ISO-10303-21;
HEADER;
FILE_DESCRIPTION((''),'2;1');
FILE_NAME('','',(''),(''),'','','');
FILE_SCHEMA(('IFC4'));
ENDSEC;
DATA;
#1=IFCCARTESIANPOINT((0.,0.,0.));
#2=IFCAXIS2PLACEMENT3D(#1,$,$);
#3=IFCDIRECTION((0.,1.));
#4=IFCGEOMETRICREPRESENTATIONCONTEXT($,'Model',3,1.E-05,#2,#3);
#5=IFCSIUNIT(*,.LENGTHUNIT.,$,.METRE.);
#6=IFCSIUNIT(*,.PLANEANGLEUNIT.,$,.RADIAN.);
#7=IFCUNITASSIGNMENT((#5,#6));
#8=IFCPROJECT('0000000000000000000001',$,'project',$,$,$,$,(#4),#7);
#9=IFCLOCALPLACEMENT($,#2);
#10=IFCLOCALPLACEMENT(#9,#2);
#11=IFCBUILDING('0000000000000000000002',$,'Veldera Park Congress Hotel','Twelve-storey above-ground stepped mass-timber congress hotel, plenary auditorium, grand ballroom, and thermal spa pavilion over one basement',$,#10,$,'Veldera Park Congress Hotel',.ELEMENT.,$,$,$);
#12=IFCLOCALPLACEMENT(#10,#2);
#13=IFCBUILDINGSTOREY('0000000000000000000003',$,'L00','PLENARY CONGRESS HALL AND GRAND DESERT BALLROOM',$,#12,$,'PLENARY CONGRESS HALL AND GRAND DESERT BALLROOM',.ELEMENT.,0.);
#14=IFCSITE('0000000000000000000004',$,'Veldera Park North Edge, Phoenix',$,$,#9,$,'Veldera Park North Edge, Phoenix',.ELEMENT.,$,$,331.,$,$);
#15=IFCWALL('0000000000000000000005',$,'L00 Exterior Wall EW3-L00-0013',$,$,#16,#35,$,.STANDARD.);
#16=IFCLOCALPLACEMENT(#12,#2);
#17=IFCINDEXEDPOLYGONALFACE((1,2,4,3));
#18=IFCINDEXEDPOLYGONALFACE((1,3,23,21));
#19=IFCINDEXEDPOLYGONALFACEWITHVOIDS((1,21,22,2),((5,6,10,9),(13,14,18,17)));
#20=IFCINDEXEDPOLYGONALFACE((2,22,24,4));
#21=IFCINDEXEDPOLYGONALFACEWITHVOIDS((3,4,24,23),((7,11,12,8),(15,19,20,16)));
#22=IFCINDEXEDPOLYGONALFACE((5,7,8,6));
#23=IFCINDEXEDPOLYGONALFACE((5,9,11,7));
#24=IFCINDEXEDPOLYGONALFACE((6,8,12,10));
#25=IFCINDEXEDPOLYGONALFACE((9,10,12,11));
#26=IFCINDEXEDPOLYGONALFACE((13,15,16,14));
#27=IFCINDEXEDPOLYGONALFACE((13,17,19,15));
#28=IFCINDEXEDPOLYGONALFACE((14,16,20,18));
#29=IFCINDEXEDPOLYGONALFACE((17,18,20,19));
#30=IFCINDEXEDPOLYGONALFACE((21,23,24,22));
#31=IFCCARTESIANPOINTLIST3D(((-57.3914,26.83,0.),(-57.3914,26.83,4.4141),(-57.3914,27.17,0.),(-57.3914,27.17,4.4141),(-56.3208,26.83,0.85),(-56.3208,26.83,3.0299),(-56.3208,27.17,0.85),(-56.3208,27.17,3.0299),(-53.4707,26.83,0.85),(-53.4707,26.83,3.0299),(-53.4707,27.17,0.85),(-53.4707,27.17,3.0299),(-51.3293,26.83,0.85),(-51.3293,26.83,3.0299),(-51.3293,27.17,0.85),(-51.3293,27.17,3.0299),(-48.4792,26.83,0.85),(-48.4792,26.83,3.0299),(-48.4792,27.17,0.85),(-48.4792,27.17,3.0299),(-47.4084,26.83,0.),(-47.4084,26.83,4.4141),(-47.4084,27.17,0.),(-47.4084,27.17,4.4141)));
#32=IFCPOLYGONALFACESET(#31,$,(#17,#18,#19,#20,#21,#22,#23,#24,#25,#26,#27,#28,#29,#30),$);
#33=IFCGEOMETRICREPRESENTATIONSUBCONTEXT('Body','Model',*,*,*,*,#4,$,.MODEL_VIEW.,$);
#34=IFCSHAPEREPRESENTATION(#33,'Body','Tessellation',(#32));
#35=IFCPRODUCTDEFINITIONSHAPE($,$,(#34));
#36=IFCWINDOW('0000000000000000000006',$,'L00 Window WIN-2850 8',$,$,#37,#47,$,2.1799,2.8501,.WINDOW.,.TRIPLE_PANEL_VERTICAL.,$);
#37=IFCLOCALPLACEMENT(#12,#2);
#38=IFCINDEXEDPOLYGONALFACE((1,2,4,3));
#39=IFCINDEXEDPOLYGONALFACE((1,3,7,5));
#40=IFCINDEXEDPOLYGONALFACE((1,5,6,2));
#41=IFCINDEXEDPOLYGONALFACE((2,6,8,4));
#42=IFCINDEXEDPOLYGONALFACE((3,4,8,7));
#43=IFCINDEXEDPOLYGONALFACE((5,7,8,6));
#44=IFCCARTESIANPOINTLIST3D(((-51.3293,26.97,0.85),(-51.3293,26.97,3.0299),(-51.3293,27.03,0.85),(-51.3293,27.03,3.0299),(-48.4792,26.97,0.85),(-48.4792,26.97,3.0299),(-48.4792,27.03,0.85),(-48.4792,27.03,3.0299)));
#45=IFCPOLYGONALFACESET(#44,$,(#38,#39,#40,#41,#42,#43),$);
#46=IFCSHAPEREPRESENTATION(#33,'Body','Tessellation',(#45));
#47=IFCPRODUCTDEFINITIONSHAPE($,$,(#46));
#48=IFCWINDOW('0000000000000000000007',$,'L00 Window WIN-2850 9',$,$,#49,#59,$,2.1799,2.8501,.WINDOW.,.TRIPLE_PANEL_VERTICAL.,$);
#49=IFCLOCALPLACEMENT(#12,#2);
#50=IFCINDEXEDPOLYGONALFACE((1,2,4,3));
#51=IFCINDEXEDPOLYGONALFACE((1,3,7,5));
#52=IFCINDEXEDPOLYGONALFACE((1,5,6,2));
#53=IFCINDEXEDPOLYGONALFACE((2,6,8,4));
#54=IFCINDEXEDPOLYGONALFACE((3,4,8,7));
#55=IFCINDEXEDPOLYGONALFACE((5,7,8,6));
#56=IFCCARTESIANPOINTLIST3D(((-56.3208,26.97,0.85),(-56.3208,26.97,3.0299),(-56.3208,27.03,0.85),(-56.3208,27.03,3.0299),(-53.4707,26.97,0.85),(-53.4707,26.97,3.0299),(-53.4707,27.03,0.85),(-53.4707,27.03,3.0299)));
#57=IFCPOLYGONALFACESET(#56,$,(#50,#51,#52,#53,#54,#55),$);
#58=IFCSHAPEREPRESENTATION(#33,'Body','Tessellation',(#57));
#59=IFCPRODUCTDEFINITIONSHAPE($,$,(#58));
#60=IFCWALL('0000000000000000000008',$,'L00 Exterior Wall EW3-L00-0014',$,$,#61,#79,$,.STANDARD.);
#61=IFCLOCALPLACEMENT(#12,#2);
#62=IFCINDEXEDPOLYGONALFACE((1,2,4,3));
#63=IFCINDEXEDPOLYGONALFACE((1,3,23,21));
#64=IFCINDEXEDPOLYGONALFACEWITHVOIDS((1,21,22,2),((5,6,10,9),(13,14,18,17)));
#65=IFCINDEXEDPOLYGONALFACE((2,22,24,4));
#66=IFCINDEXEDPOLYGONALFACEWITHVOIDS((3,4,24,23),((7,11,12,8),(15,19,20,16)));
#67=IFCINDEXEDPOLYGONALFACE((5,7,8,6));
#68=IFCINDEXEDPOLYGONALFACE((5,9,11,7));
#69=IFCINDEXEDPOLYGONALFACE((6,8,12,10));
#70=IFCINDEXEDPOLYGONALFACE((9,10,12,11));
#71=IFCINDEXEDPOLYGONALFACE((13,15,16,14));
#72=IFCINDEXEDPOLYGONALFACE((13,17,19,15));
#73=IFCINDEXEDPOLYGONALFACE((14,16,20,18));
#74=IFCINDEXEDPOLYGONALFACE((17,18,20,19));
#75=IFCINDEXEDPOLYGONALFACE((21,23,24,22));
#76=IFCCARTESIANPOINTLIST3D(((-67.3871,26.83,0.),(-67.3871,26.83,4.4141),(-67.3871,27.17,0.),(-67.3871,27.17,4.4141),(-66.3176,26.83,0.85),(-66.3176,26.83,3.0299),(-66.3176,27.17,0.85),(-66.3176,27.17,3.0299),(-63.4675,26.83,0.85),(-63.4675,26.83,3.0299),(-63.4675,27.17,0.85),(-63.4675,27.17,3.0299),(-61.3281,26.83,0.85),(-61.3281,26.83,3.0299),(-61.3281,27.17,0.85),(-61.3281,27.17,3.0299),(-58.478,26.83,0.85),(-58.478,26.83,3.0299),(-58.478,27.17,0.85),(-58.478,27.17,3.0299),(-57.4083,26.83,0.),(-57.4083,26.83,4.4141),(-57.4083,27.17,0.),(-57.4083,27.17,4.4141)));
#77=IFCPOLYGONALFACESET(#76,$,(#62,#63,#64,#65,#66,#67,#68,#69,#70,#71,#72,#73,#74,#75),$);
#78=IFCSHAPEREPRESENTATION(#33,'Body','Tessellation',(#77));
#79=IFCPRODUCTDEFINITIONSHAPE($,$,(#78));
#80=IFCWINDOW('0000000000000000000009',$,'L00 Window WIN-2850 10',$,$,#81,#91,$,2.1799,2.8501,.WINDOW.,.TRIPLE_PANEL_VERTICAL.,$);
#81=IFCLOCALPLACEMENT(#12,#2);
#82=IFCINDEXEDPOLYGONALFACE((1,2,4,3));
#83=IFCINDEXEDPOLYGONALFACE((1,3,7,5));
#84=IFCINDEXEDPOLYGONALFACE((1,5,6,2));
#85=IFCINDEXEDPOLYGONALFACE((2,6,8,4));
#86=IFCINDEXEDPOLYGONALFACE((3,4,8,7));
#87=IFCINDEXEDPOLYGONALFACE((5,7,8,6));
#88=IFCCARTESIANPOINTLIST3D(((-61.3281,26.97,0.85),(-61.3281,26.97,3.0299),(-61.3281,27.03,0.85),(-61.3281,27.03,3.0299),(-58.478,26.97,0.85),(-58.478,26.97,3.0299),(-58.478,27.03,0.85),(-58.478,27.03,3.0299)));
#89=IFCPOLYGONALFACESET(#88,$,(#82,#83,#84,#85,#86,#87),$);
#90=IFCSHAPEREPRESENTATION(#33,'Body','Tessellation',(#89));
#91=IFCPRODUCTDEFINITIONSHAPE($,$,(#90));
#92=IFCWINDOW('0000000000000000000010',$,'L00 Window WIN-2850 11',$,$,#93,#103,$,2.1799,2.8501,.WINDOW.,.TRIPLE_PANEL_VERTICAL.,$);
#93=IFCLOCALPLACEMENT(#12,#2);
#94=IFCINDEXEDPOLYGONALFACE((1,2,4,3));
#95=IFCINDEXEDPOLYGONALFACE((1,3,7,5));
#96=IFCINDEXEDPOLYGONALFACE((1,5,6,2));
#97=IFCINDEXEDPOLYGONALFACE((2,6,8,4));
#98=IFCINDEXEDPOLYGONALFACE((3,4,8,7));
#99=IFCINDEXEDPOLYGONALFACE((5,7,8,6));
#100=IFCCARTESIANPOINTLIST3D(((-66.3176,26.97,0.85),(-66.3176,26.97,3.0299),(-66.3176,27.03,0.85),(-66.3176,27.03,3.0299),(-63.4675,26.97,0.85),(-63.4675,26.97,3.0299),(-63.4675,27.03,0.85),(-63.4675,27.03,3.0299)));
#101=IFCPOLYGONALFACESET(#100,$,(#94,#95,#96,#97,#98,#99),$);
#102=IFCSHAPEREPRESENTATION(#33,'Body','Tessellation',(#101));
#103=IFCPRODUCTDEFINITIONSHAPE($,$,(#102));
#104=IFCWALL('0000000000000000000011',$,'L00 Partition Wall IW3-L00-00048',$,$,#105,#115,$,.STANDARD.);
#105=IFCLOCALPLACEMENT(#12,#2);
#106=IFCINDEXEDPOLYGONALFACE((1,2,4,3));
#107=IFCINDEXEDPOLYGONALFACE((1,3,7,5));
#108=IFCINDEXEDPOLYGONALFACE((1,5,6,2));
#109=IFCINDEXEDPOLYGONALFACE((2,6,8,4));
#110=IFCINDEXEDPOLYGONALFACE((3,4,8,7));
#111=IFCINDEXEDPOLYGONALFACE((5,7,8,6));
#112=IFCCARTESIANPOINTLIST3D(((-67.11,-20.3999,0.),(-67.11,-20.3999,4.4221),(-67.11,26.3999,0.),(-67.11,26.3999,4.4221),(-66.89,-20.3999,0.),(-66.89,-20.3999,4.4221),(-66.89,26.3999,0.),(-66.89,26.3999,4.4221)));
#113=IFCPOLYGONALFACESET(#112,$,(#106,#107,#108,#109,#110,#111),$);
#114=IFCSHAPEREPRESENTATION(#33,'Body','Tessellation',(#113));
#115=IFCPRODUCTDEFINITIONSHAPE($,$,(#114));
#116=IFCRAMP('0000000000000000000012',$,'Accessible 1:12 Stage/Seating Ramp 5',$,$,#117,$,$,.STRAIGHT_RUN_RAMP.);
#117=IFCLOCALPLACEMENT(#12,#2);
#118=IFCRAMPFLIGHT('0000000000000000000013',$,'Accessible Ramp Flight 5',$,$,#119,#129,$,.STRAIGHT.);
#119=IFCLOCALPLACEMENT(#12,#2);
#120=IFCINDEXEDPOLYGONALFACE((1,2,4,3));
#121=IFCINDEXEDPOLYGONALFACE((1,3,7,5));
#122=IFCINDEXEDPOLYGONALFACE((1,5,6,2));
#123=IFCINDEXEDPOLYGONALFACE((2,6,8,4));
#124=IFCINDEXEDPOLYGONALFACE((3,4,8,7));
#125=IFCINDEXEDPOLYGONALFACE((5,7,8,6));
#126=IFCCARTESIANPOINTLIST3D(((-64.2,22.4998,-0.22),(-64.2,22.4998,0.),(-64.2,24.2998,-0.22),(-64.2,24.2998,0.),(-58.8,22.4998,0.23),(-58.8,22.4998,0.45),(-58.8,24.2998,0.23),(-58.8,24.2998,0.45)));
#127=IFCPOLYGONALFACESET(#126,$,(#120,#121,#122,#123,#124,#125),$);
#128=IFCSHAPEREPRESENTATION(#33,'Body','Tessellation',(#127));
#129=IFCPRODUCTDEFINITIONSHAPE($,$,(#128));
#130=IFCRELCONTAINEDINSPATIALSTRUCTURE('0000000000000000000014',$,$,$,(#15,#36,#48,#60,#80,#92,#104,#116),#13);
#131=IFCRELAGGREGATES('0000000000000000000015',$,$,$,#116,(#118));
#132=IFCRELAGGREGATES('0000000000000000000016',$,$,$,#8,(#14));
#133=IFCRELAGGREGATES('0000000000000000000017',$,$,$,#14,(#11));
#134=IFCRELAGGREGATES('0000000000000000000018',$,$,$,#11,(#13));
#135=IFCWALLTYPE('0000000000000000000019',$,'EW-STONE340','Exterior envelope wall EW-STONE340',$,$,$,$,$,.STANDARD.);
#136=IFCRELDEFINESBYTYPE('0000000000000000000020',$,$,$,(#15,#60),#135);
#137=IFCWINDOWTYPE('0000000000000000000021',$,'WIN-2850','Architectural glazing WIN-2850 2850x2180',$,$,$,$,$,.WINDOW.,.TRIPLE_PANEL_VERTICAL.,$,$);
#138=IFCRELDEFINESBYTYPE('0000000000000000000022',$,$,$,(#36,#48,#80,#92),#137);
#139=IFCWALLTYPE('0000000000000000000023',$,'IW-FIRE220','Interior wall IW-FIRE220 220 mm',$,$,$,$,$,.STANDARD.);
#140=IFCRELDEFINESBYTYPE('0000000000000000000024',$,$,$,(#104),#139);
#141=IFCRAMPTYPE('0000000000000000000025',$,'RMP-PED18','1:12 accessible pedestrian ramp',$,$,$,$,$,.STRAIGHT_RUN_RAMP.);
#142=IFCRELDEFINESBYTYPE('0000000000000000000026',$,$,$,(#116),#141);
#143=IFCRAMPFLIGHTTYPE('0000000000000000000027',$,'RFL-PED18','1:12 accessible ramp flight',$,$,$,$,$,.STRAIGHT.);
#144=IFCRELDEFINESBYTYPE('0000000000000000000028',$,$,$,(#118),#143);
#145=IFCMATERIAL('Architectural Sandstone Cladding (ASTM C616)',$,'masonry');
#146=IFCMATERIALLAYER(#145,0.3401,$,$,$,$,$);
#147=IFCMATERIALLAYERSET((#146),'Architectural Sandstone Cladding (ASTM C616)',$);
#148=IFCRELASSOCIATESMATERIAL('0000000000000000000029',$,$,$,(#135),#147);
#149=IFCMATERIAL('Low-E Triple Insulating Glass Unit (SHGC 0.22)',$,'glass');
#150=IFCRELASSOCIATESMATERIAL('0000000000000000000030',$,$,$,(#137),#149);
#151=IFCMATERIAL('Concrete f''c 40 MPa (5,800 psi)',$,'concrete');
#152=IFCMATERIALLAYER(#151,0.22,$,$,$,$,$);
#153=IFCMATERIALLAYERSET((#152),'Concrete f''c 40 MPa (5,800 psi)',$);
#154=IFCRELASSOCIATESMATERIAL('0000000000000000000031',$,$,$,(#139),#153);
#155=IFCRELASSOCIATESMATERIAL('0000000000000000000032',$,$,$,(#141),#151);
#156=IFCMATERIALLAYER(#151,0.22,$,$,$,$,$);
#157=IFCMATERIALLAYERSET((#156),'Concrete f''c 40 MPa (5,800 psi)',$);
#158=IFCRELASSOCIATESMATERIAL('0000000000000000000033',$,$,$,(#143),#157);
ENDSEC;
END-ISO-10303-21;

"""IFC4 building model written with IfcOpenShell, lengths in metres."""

from ifc_helpers import new_model, si_unit, direction, frame, frame_2d, origin, place, context, subcontext, project, spatial, polyline, rectangle, outline, extrude, material, layer, layer_set, type_object, element, fill, aggregate, save


model = new_model("IFC4")

# Units and contexts
model_context = context("Model", 3, precision=1e-05, world=origin(), true_north=direction((0.0, 1.0)))
body_context = subcontext(model_context, "Body", "Model", "MODEL_VIEW")
ifc_project = project(units=[si_unit("LENGTHUNIT", "METRE"), si_unit("PLANEANGLEUNIT", "RADIAN")], contexts=[model_context])

# Site, building, storey
site_placement = place(None, origin())
site = spatial("IfcSite", under=ifc_project, at=site_placement, Name="Veldera Park North Edge, Phoenix", LongName="Veldera Park North Edge, Phoenix", CompositionType="ELEMENT", RefElevation=331.0)
building_placement = place(site_placement, origin())
building = spatial("IfcBuilding", under=site, at=building_placement, Name="Veldera Park Congress Hotel", Description="Twelve-storey above-ground stepped mass-timber congress hotel, plenary auditorium, grand ballroom, and thermal spa pavilion over one basement", LongName="Veldera Park Congress Hotel", CompositionType="ELEMENT")
storey_placement = place(building_placement, origin())
storey = spatial("IfcBuildingStorey", under=building, at=storey_placement, Name="L00", Description="PLENARY CONGRESS HALL AND GRAND DESERT BALLROOM", LongName="PLENARY CONGRESS HALL AND GRAND DESERT BALLROOM", CompositionType="ELEMENT", Elevation=0.0)

# Walls, openings, windows
ifc_material_1 = material(Name="Architectural Sandstone Cladding (ASTM C616)", Category="masonry")
ifc_layer_1 = layer(ifc_material_1, 0.3401)
ifc_layer_set_1 = layer_set([ifc_layer_1], Name="Architectural Sandstone Cladding (ASTM C616)")
wall_type_1 = type_object("IfcWallType", Name="EW-STONE340", Description="Exterior envelope wall EW-STONE340", PredefinedType="STANDARD", material=ifc_layer_set_1)
wall_1_placement = place(storey_placement, frame((-47.4084, 27.0, 0.0), z_axis=(0.0, 0.0, 1.0), x_axis=(-1.0, 0.0, 0.0)))
wall_1 = element("IfcWall", 1, at=wall_1_placement, inside=storey, type_object=wall_type_1, Name="L00 Exterior Wall EW3-L00-0013", PredefinedType="STANDARD", context=body_context, shape_type="SweptSolid", body=[
    extrude(rectangle(XDim=9.9829, YDim=0.3401, at=frame_2d((4.9915, 0.0))), origin(), (0.0, 0.0, 1.0), 4.4141),
])
opening_1_placement = place(wall_1_placement, frame((1.0708, 0.0, 0.8501)))
opening_1 = element("IfcOpeningElement", 2, at=opening_1_placement, cuts=wall_1, PredefinedType="OPENING", context=body_context, shape_type="SweptSolid", body=[
    extrude(rectangle(XDim=2.8501, YDim=2.1799, at=frame_2d((1.425, 1.0898))), frame((0.0, 0.1821, 0.0), z_axis=(0.0, -1.0, 0.0), x_axis=(1.0, 0.0, 0.0)), (0.0, 0.0, 1.0), 0.364),
])
opening_2_placement = place(wall_1_placement, frame((6.0623, 0.0, 0.8501)))
opening_2 = element("IfcOpeningElement", 3, at=opening_2_placement, cuts=wall_1, PredefinedType="OPENING", context=body_context, shape_type="SweptSolid", body=[
    extrude(rectangle(XDim=2.8501, YDim=2.1799, at=frame_2d((1.425, 1.0898))), frame((0.0, 0.1821, 0.0), z_axis=(0.0, -1.0, 0.0), x_axis=(1.0, 0.0, 0.0)), (0.0, 0.0, 1.0), 0.364),
])
ifc_material_2 = material(Name="Low-E Triple Insulating Glass Unit (SHGC 0.22)", Category="glass")
window_type = type_object("IfcWindowType", Name="WIN-2850", Description="Architectural glazing WIN-2850 2850x2180", PartitioningType="TRIPLE_PANEL_VERTICAL", PredefinedType="WINDOW", material=ifc_material_2)
window_1_placement = place(opening_1_placement, origin())
window_1 = element("IfcWindow", 4, at=window_1_placement, inside=storey, type_object=window_type, Name="L00 Window WIN-2850 8", OverallHeight=2.1799, OverallWidth=2.8501, PartitioningType="TRIPLE_PANEL_VERTICAL", PredefinedType="WINDOW", context=body_context, shape_type="SweptSolid", body=[
    extrude(rectangle(XDim=2.8501, YDim=2.1799, at=frame_2d((1.425, 1.0898))), frame((0.0, 0.03, 0.0), z_axis=(0.0, -1.0, 0.0), x_axis=(1.0, 0.0, 0.0)), (0.0, 0.0, 1.0), 0.0601),
])
fill(opening_1, window_1)
window_2_placement = place(opening_2_placement, origin())
window_2 = element("IfcWindow", 5, at=window_2_placement, inside=storey, type_object=window_type, Name="L00 Window WIN-2850 9", OverallHeight=2.1799, OverallWidth=2.8501, PartitioningType="TRIPLE_PANEL_VERTICAL", PredefinedType="WINDOW", context=body_context, shape_type="SweptSolid", body=[
    extrude(rectangle(XDim=2.8501, YDim=2.1799, at=frame_2d((1.425, 1.0898))), frame((0.0, 0.03, 0.0), z_axis=(0.0, -1.0, 0.0), x_axis=(1.0, 0.0, 0.0)), (0.0, 0.0, 1.0), 0.0601),
])
fill(opening_2, window_2)
wall_2_placement = place(storey_placement, frame((-57.4084, 27.0, 0.0), z_axis=(0.0, 0.0, 1.0), x_axis=(-1.0, 0.0, 0.0)))
wall_2 = element("IfcWall", 6, at=wall_2_placement, inside=storey, type_object=wall_type_1, Name="L00 Exterior Wall EW3-L00-0014", PredefinedType="STANDARD", context=body_context, shape_type="SweptSolid", body=[
    extrude(rectangle(XDim=9.9788, YDim=0.3401, at=frame_2d((4.9893, 0.0))), origin(), (0.0, 0.0, 1.0), 4.4141),
])
opening_3_placement = place(wall_2_placement, frame((1.0696, 0.0, 0.8501)))
opening_3 = element("IfcOpeningElement", 7, at=opening_3_placement, cuts=wall_2, PredefinedType="OPENING", context=body_context, shape_type="SweptSolid", body=[
    extrude(rectangle(XDim=2.8501, YDim=2.1799, at=frame_2d((1.425, 1.0898))), frame((0.0, 0.1821, 0.0), z_axis=(0.0, -1.0, 0.0), x_axis=(1.0, 0.0, 0.0)), (0.0, 0.0, 1.0), 0.364),
])
opening_4_placement = place(wall_2_placement, frame((6.0591, 0.0, 0.8501)))
opening_4 = element("IfcOpeningElement", 8, at=opening_4_placement, cuts=wall_2, PredefinedType="OPENING", context=body_context, shape_type="SweptSolid", body=[
    extrude(rectangle(XDim=2.8501, YDim=2.1799, at=frame_2d((1.425, 1.0898))), frame((0.0, 0.1821, 0.0), z_axis=(0.0, -1.0, 0.0), x_axis=(1.0, 0.0, 0.0)), (0.0, 0.0, 1.0), 0.364),
])
window_3_placement = place(opening_3_placement, origin())
window_3 = element("IfcWindow", 9, at=window_3_placement, inside=storey, type_object=window_type, Name="L00 Window WIN-2850 10", OverallHeight=2.1799, OverallWidth=2.8501, PartitioningType="TRIPLE_PANEL_VERTICAL", PredefinedType="WINDOW", context=body_context, shape_type="SweptSolid", body=[
    extrude(rectangle(XDim=2.8501, YDim=2.1799, at=frame_2d((1.425, 1.0898))), frame((0.0, 0.03, 0.0), z_axis=(0.0, -1.0, 0.0), x_axis=(1.0, 0.0, 0.0)), (0.0, 0.0, 1.0), 0.0601),
])
fill(opening_3, window_3)
window_4_placement = place(opening_4_placement, origin())
window_4 = element("IfcWindow", 10, at=window_4_placement, inside=storey, type_object=window_type, Name="L00 Window WIN-2850 11", OverallHeight=2.1799, OverallWidth=2.8501, PartitioningType="TRIPLE_PANEL_VERTICAL", PredefinedType="WINDOW", context=body_context, shape_type="SweptSolid", body=[
    extrude(rectangle(XDim=2.8501, YDim=2.1799, at=frame_2d((1.425, 1.0898))), frame((0.0, 0.03, 0.0), z_axis=(0.0, -1.0, 0.0), x_axis=(1.0, 0.0, 0.0)), (0.0, 0.0, 1.0), 0.0601),
])
fill(opening_4, window_4)

# Wall
ifc_material_3 = material(Name="Concrete f'c 40 MPa (5,800 psi)", Category="concrete")
ifc_layer_2 = layer(ifc_material_3, 0.22)
ifc_layer_set_2 = layer_set([ifc_layer_2], Name="Concrete f'c 40 MPa (5,800 psi)")
wall_type_2 = type_object("IfcWallType", Name="IW-FIRE220", Description="Interior wall IW-FIRE220 220 mm", PredefinedType="STANDARD", material=ifc_layer_set_2)
wall_3_placement = place(storey_placement, frame((-67.0, 26.3999, 0.0), z_axis=(0.0, 0.0, 1.0), x_axis=(0.0, -1.0, 0.0)))
element("IfcWall", 11, at=wall_3_placement, inside=storey, type_object=wall_type_2, Name="L00 Partition Wall IW3-L00-00048", PredefinedType="STANDARD", context=body_context, shape_type="SweptSolid", body=[
    extrude(rectangle(XDim=46.7998, YDim=0.22, at=frame_2d((23.3999, 0.0))), origin(), (0.0, 0.0, 1.0), 4.4221),
])

# Ramp, ramp flight
ramp_type = type_object("IfcRampType", Name="RMP-PED18", Description="1:12 accessible pedestrian ramp", PredefinedType="STRAIGHT_RUN_RAMP", material=ifc_material_3)
ramp_placement = place(storey_placement, origin())
ramp = element("IfcRamp", 12, at=ramp_placement, inside=storey, type_object=ramp_type, Name="Accessible 1:12 Stage/Seating Ramp 5", PredefinedType="STRAIGHT_RUN_RAMP")
ifc_layer_3 = layer(ifc_material_3, 0.22)
ifc_layer_set_3 = layer_set([ifc_layer_3], Name="Concrete f'c 40 MPa (5,800 psi)")
ramp_flight_type = type_object("IfcRampFlightType", Name="RFL-PED18", Description="1:12 accessible ramp flight", PredefinedType="STRAIGHT", material=ifc_layer_set_3)
ramp_flight_placement = place(storey_placement, frame((-64.2, 23.3999, 0.0), z_axis=(0.0, 0.0, 1.0), x_axis=(1.0, 0.0, 0.0)))
ramp_flight = element("IfcRampFlight", 13, at=ramp_flight_placement, type_object=ramp_flight_type, Name="Accessible Ramp Flight 5", PredefinedType="STRAIGHT", context=body_context, shape_type="SweptSolid", body=[
    extrude(outline(polyline([(0.0, -0.22), (5.3999, 0.23), (5.3999, 0.45), (0.0, 0.0), (0.0, -0.22)])), frame((0.0, 0.8999, 0.0), z_axis=(0.0, -1.0, 0.0), x_axis=(1.0, 0.0, 0.0)), (0.0, 0.0, 1.0), 1.8),
])
aggregate(ramp, [ramp_flight])

save(model, "model.ifc")
